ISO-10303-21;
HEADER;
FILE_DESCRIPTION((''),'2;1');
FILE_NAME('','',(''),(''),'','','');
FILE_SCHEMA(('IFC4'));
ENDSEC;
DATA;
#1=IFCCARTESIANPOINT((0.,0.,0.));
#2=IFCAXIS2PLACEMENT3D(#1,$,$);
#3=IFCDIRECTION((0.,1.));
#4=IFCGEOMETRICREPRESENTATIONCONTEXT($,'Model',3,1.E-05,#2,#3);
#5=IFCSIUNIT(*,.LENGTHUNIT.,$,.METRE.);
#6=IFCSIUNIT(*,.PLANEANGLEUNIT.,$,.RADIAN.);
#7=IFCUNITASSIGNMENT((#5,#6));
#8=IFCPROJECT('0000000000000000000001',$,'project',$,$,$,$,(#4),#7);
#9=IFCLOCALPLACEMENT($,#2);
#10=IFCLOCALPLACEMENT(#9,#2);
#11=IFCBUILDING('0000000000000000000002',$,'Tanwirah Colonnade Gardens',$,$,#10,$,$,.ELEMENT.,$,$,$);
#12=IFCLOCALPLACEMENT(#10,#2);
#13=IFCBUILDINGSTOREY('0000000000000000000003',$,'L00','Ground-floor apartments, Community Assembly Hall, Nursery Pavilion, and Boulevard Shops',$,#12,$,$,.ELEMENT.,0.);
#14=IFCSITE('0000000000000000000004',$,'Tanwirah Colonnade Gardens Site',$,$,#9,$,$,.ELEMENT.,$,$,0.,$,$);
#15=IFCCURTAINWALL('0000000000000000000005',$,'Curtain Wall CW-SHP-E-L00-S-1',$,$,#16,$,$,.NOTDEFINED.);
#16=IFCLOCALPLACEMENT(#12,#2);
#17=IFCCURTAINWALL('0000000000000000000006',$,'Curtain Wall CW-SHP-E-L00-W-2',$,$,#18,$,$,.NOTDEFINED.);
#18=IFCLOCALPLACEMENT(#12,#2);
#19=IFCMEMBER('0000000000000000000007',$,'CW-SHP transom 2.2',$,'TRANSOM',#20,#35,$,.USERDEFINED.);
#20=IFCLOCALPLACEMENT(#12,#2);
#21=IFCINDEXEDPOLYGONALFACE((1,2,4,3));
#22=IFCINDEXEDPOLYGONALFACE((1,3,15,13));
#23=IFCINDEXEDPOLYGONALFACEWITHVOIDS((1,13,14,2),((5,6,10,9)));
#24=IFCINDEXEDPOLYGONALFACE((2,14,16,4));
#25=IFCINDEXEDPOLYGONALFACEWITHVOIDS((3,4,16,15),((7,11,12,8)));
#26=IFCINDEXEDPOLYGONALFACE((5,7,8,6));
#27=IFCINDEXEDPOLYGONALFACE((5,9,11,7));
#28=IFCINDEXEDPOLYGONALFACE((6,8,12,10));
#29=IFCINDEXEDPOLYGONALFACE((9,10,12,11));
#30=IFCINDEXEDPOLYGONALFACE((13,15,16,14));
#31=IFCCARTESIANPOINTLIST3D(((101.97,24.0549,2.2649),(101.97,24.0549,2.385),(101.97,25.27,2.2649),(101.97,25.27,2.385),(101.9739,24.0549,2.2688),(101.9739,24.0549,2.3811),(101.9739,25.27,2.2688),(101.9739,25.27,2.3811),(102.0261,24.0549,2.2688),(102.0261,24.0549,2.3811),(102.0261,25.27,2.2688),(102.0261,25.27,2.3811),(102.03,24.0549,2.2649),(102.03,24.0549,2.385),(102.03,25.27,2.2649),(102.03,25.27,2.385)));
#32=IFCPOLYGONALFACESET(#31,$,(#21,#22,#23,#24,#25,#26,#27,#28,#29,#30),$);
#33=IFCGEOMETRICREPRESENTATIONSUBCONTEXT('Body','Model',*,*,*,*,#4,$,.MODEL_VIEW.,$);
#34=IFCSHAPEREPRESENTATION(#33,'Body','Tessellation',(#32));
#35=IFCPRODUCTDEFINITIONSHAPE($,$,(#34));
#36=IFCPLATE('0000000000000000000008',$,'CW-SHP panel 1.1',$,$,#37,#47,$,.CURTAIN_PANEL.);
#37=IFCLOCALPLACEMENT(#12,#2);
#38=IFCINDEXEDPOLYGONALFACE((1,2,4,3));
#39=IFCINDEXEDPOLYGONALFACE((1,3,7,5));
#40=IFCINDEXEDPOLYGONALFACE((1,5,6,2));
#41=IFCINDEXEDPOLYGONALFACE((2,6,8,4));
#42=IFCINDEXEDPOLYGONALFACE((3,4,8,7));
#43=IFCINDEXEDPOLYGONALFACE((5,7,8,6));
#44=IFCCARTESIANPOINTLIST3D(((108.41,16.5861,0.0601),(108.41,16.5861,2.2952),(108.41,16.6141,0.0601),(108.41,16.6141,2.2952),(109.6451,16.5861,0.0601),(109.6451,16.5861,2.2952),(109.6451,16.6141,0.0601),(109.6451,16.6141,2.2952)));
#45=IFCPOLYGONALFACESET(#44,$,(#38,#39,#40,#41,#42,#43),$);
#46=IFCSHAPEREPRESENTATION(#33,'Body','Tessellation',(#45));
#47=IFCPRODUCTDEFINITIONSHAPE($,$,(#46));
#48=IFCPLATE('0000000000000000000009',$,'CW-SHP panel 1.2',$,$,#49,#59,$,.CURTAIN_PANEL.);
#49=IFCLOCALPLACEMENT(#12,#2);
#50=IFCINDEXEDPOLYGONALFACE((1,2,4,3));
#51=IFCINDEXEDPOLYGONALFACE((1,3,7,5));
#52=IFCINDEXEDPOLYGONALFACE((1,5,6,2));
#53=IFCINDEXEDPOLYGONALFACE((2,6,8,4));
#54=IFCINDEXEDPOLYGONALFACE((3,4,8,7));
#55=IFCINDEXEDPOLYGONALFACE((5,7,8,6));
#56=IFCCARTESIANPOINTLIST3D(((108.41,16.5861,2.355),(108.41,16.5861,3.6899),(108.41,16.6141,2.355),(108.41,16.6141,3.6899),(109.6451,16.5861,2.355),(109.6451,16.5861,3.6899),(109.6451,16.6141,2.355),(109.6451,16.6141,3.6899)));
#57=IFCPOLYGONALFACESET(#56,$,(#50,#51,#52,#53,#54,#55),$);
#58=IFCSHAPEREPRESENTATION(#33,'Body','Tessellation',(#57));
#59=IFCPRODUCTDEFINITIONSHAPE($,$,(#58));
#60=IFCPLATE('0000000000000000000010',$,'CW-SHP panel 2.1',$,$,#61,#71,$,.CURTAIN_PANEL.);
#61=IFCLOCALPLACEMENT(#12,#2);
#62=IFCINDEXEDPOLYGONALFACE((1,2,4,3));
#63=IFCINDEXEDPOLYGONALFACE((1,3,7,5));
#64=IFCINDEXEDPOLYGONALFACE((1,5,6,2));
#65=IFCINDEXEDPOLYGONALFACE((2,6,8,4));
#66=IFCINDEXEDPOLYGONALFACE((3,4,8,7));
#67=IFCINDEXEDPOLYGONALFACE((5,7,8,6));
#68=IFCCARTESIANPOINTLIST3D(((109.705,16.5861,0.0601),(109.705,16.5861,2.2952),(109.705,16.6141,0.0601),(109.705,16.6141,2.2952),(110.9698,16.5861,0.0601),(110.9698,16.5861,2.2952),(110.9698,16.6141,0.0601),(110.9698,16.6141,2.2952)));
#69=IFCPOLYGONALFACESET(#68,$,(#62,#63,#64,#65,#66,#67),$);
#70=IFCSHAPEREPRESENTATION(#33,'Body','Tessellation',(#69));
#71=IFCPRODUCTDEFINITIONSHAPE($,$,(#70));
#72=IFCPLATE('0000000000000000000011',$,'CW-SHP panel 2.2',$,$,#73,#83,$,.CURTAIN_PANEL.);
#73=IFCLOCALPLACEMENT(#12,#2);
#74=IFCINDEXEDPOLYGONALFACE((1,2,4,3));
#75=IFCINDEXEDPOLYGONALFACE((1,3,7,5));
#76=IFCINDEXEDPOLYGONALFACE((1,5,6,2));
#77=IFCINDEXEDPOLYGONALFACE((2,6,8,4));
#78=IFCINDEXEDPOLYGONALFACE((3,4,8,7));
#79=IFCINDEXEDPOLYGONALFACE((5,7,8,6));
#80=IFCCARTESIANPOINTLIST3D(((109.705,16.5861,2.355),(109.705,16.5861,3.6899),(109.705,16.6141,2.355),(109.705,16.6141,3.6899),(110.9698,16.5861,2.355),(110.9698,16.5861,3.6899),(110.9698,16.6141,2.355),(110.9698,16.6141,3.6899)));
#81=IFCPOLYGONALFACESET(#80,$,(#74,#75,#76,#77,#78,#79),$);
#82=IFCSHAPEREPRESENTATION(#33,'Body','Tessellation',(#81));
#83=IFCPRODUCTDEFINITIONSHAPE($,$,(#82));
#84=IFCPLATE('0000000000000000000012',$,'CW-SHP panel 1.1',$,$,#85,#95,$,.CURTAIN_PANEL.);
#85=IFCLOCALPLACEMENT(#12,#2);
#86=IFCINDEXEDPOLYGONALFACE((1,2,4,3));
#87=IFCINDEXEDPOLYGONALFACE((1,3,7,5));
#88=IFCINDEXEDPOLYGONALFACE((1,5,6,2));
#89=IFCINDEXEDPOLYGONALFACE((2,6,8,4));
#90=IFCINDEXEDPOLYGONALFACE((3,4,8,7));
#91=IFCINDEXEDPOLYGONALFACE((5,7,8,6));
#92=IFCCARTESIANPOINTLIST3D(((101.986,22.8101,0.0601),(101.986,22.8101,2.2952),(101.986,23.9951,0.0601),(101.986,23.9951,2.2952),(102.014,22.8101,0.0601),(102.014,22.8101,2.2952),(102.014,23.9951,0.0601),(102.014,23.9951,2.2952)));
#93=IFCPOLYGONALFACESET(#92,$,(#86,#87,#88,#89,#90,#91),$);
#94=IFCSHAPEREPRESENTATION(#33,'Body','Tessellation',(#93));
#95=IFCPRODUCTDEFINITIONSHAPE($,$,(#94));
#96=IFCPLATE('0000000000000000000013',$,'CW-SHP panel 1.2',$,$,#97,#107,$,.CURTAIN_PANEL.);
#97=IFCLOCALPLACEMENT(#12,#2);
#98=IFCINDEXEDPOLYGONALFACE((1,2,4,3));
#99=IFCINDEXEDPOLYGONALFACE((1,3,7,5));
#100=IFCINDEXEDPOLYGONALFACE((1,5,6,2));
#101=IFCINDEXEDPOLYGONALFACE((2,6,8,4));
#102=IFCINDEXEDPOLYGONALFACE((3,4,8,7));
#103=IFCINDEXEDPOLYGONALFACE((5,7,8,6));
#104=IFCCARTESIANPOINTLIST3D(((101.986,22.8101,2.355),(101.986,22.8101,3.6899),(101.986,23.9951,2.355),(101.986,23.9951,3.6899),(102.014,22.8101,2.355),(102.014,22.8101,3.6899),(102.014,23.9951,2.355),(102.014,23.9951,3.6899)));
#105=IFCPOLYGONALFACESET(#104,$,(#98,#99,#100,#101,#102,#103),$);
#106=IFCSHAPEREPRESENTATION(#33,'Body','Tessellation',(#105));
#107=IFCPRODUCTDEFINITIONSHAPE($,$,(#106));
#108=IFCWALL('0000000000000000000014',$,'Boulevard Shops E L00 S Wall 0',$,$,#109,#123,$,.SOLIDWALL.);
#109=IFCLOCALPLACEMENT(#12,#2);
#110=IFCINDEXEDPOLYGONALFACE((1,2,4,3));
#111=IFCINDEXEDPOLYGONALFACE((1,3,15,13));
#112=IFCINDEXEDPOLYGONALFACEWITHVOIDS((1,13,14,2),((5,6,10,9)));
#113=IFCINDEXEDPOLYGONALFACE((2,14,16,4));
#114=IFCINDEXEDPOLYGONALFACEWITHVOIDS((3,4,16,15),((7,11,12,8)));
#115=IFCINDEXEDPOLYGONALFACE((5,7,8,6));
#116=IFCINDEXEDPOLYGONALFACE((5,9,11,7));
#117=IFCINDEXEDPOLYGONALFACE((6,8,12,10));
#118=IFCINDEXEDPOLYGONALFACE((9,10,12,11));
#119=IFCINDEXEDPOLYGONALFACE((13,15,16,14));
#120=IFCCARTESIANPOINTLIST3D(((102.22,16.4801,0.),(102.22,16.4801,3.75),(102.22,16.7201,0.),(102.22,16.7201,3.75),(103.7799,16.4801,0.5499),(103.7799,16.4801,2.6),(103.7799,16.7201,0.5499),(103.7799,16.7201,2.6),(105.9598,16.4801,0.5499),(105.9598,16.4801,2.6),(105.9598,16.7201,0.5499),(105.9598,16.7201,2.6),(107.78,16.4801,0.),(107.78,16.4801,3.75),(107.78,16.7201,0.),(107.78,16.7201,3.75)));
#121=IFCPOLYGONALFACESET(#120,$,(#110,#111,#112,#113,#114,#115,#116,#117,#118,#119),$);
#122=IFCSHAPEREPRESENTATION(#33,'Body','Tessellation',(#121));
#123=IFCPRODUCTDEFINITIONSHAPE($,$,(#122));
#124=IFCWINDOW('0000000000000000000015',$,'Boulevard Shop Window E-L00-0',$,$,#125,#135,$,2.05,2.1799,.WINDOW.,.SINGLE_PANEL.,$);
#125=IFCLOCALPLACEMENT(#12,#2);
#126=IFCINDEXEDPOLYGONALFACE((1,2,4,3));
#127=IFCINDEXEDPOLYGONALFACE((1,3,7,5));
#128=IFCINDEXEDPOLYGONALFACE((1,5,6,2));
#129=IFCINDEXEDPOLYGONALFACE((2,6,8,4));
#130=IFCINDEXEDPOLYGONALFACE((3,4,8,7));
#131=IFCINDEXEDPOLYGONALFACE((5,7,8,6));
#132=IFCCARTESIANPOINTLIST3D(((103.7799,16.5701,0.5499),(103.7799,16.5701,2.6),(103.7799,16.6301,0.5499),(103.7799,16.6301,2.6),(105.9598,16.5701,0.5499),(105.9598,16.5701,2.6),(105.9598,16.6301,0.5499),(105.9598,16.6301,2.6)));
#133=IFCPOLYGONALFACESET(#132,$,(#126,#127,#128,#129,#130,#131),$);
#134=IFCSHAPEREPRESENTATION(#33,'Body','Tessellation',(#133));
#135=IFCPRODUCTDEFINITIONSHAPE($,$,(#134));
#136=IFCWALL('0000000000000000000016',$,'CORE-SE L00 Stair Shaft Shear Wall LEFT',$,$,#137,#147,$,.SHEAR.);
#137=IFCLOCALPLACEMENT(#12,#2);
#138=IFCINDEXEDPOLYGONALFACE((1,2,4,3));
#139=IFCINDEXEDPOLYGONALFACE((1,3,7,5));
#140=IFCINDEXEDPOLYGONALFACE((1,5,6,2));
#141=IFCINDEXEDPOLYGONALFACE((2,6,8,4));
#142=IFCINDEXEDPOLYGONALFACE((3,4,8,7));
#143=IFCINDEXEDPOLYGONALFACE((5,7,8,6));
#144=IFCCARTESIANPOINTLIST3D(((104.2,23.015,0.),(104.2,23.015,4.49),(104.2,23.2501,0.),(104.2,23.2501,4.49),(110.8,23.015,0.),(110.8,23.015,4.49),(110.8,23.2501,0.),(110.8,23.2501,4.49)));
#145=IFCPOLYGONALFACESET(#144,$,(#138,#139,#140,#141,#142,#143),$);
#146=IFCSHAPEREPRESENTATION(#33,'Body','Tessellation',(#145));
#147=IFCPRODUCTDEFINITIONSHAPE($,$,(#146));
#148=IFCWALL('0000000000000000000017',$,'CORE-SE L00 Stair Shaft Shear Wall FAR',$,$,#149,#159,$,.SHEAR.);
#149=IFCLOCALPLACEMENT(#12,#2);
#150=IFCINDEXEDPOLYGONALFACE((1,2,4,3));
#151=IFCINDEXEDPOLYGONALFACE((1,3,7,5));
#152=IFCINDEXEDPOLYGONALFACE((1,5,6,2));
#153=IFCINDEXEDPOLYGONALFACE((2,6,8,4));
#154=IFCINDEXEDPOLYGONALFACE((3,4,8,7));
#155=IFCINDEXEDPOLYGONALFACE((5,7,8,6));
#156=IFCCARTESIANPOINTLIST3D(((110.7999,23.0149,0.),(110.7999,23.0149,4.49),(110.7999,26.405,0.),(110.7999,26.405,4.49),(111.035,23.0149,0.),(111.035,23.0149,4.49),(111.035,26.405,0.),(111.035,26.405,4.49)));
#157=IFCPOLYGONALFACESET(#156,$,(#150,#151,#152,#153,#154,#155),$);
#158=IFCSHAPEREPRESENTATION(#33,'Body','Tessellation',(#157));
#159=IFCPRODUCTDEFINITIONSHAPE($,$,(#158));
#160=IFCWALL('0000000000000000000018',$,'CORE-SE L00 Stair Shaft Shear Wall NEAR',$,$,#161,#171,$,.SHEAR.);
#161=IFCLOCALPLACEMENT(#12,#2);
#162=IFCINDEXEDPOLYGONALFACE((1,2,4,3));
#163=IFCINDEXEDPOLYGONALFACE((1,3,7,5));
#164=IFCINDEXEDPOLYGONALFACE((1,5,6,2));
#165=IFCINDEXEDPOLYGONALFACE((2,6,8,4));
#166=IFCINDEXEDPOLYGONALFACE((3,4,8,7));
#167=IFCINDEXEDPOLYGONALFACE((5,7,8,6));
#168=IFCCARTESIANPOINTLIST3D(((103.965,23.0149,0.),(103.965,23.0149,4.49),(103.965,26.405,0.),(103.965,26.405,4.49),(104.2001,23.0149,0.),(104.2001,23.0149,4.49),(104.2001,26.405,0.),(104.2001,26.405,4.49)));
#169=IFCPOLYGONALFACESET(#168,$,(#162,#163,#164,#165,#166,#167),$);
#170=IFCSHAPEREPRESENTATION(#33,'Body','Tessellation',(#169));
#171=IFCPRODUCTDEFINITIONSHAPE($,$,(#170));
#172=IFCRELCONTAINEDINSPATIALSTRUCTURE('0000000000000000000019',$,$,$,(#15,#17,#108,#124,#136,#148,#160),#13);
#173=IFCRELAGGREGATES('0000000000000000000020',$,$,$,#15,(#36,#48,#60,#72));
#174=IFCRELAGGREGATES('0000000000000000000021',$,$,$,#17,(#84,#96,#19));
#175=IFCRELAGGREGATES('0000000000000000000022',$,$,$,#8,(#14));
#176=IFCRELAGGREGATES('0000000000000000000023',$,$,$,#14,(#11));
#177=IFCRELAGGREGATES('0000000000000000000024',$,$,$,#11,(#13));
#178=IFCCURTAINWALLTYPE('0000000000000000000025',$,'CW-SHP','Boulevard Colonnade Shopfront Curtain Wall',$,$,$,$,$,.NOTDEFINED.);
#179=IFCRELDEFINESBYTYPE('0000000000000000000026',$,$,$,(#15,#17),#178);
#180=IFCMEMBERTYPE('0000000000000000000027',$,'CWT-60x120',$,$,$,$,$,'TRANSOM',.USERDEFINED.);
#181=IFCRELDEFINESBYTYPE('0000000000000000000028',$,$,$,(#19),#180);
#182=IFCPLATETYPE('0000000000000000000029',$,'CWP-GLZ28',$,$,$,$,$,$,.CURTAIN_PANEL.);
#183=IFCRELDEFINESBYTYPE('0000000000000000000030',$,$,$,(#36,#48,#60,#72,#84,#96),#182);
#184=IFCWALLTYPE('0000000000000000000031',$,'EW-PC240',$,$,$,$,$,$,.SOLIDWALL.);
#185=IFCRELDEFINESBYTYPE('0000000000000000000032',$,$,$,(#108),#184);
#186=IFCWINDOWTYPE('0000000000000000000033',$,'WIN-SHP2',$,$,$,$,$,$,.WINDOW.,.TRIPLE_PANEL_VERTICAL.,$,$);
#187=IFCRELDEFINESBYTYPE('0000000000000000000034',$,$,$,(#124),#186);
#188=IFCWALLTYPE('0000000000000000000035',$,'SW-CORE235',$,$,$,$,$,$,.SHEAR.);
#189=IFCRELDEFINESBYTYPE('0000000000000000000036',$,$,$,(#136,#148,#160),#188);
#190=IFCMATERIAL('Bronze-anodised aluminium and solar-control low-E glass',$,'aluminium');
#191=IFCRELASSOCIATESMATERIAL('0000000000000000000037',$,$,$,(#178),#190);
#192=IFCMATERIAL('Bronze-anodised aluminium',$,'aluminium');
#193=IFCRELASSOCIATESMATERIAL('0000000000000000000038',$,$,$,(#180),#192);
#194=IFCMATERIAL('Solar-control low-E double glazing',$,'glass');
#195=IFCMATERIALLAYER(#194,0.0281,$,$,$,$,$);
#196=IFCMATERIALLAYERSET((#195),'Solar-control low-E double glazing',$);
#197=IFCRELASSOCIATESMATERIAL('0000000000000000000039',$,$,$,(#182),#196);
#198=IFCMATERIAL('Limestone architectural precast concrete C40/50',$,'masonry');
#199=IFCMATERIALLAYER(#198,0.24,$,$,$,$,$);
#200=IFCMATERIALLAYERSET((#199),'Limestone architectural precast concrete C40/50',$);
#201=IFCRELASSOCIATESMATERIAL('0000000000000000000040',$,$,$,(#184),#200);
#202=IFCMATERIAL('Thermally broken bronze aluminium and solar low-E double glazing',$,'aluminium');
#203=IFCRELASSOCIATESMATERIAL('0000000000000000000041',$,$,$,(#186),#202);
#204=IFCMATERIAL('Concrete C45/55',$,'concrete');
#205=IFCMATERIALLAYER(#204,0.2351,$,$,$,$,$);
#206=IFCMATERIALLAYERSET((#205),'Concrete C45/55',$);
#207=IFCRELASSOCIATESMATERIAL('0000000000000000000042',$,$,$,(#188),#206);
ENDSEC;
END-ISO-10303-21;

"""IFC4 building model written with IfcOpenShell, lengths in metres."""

from ifc_helpers import new_model, si_unit, direction, frame, frame_2d, origin, origin_2d, place, context, subcontext, project, spatial, rectangle, hollow_rectangle, extrude, material, layer, layer_set, material_profile, profile_set, type_object, element, fill, aggregate, save


model = new_model("IFC4")

# Units and contexts
model_context = context("Model", 3, precision=1e-05, world=origin(), true_north=direction((0.0, 1.0)))
body_context = subcontext(model_context, "Body", "Model", "MODEL_VIEW")
ifc_project = project(units=[si_unit("LENGTHUNIT", "METRE"), si_unit("PLANEANGLEUNIT", "RADIAN")], contexts=[model_context])

# Site, building, storey
site_placement = place(None, origin())
site = spatial("IfcSite", under=ifc_project, at=site_placement, Name="Tanwirah Colonnade Gardens Site", CompositionType="ELEMENT", RefElevation=0.0)
building_placement = place(site_placement, origin())
building = spatial("IfcBuilding", under=site, at=building_placement, Name="Tanwirah Colonnade Gardens", CompositionType="ELEMENT")
storey_placement = place(building_placement, origin())
storey = spatial("IfcBuildingStorey", under=building, at=storey_placement, Name="L00", Description="Ground-floor apartments, Community Assembly Hall, Nursery Pavilion, and Boulevard Shops", CompositionType="ELEMENT", Elevation=0.0)

# Curtain walls
ifc_material_1 = material(Name="Bronze-anodised aluminium and solar-control low-E glass", Category="aluminium")
curtain_wall_type = type_object("IfcCurtainWallType", Name="CW-SHP", Description="Boulevard Colonnade Shopfront Curtain Wall", PredefinedType="NOTDEFINED", material=ifc_material_1)
curtain_wall_1_placement = place(storey_placement, origin())
curtain_wall_1 = element("IfcCurtainWall", 1, at=curtain_wall_1_placement, inside=storey, type_object=curtain_wall_type, Name="Curtain Wall CW-SHP-E-L00-S-1", PredefinedType="NOTDEFINED")
ifc_material_2 = material(Name="Bronze-anodised aluminium", Category="aluminium")
curtain_wall_2_placement = place(storey_placement, origin())
curtain_wall_2 = element("IfcCurtainWall", 2, at=curtain_wall_2_placement, inside=storey, type_object=curtain_wall_type, Name="Curtain Wall CW-SHP-E-L00-W-2", PredefinedType="NOTDEFINED")

# Member
ifc_material_profile_1 = material_profile(ifc_material_2, hollow_rectangle(XDim=0.0601, YDim=0.1201, WallThickness=0.0039, at=origin_2d()), Name="CW-TRN 60x120x4")
ifc_profile_set_1 = profile_set([ifc_material_profile_1], Name="Bronze-anodised aluminium")
member_type_1 = type_object("IfcMemberType", Name="CWT-60x120", ElementType="TRANSOM", PredefinedType="USERDEFINED", material=ifc_profile_set_1)
member_1_placement = place(storey_placement, frame((102.0, 24.0549, 2.325), z_axis=(0.0, 1.0, 0.0), x_axis=(-1.0, 0.0, 0.0)))
member_1 = element("IfcMember", 3, at=member_1_placement, type_object=member_type_1, Name="CW-SHP transom 2.2", ObjectType="TRANSOM", PredefinedType="USERDEFINED", context=body_context, shape_type="SweptSolid", body=[
    extrude(hollow_rectangle(XDim=0.0601, YDim=0.1201, WallThickness=0.0039, at=origin_2d()), origin(), (0.0, 0.0, 1.0), 1.2151),
])

# Plates
ifc_material_3 = material(Name="Solar-control low-E double glazing", Category="glass")
ifc_layer_1 = layer(ifc_material_3, 0.0281)
ifc_layer_set_1 = layer_set([ifc_layer_1], Name="Solar-control low-E double glazing")
plate_type = type_object("IfcPlateType", Name="CWP-GLZ28", PredefinedType="CURTAIN_PANEL", material=ifc_layer_set_1)
plate_1_placement = place(storey_placement, frame((109.0276, 16.6001, 0.0601), z_axis=(0.0, 0.0, 1.0), x_axis=(1.0, 0.0, 0.0)))
plate_1 = element("IfcPlate", 4, at=plate_1_placement, type_object=plate_type, Name="CW-SHP panel 1.1", PredefinedType="CURTAIN_PANEL", context=body_context, shape_type="SweptSolid", body=[
    extrude(rectangle(XDim=1.2351, YDim=0.0281, at=origin_2d()), origin(), (0.0, 0.0, 1.0), 2.2351),
])
plate_2_placement = place(storey_placement, frame((109.0276, 16.6001, 2.355), z_axis=(0.0, 0.0, 1.0), x_axis=(1.0, 0.0, 0.0)))
plate_2 = element("IfcPlate", 5, at=plate_2_placement, type_object=plate_type, Name="CW-SHP panel 1.2", PredefinedType="CURTAIN_PANEL", context=body_context, shape_type="SweptSolid", body=[
    extrude(rectangle(XDim=1.2351, YDim=0.0281, at=origin_2d()), origin(), (0.0, 0.0, 1.0), 1.335),
])
plate_3_placement = place(storey_placement, frame((110.3374, 16.6001, 0.0601), z_axis=(0.0, 0.0, 1.0), x_axis=(1.0, 0.0, 0.0)))
plate_3 = element("IfcPlate", 6, at=plate_3_placement, type_object=plate_type, Name="CW-SHP panel 2.1", PredefinedType="CURTAIN_PANEL", context=body_context, shape_type="SweptSolid", body=[
    extrude(rectangle(XDim=1.2649, YDim=0.0281, at=origin_2d()), origin(), (0.0, 0.0, 1.0), 2.2351),
])
plate_4_placement = place(storey_placement, frame((110.3374, 16.6001, 2.355), z_axis=(0.0, 0.0, 1.0), x_axis=(1.0, 0.0, 0.0)))
plate_4 = element("IfcPlate", 7, at=plate_4_placement, type_object=plate_type, Name="CW-SHP panel 2.2", PredefinedType="CURTAIN_PANEL", context=body_context, shape_type="SweptSolid", body=[
    extrude(rectangle(XDim=1.2649, YDim=0.0281, at=origin_2d()), origin(), (0.0, 0.0, 1.0), 1.335),
])
aggregate(curtain_wall_1, [plate_1, plate_2, plate_3, plate_4])
plate_5_placement = place(storey_placement, frame((102.0, 23.4026, 0.0601), z_axis=(0.0, 0.0, 1.0), x_axis=(0.0, 1.0, 0.0)))
plate_5 = element("IfcPlate", 8, at=plate_5_placement, type_object=plate_type, Name="CW-SHP panel 1.1", PredefinedType="CURTAIN_PANEL", context=body_context, shape_type="SweptSolid", body=[
    extrude(rectangle(XDim=1.1851, YDim=0.0281, at=origin_2d()), origin(), (0.0, 0.0, 1.0), 2.2351),
])
plate_6_placement = place(storey_placement, frame((102.0, 23.4026, 2.355), z_axis=(0.0, 0.0, 1.0), x_axis=(0.0, 1.0, 0.0)))
plate_6 = element("IfcPlate", 9, at=plate_6_placement, type_object=plate_type, Name="CW-SHP panel 1.2", PredefinedType="CURTAIN_PANEL", context=body_context, shape_type="SweptSolid", body=[
    extrude(rectangle(XDim=1.1851, YDim=0.0281, at=origin_2d()), origin(), (0.0, 0.0, 1.0), 1.335),
])
aggregate(curtain_wall_2, [plate_5, plate_6, member_1])

# Wall, opening, window
ifc_material_4 = material(Name="Limestone architectural precast concrete C40/50", Category="masonry")
ifc_layer_2 = layer(ifc_material_4, 0.24)
ifc_layer_set_2 = layer_set([ifc_layer_2], Name="Limestone architectural precast concrete C40/50")
wall_type_1 = type_object("IfcWallType", Name="EW-PC240", PredefinedType="SOLIDWALL", material=ifc_layer_set_2)
wall_1_placement = place(storey_placement, frame((102.22, 16.6001, 0.0), z_axis=(0.0, 0.0, 1.0), x_axis=(1.0, 0.0, 0.0)))
wall_1 = element("IfcWall", 10, at=wall_1_placement, inside=storey, type_object=wall_type_1, Name="Boulevard Shops E L00 S Wall 0", PredefinedType="SOLIDWALL", context=body_context, shape_type="SweptSolid", body=[
    extrude(rectangle(XDim=5.5601, YDim=0.24, at=frame_2d((2.78, 0.0))), origin(), (0.0, 0.0, 1.0), 3.75),
])
opening_placement = place(wall_1_placement, frame((1.5601, 0.0, 0.55)))
opening = element("IfcOpeningElement", 11, at=opening_placement, cuts=wall_1, PredefinedType="OPENING", context=body_context, shape_type="SweptSolid", body=[
    extrude(rectangle(XDim=2.1799, YDim=2.05, at=frame_2d((1.0898, 1.0249))), frame((0.0, 0.1299, 0.0), z_axis=(0.0, -1.0, 0.0), x_axis=(1.0, 0.0, 0.0)), (0.0, 0.0, 1.0), 0.26),
])
ifc_material_5 = material(Name="Thermally broken bronze aluminium and solar low-E double glazing", Category="aluminium")
window_type = type_object("IfcWindowType", Name="WIN-SHP2", PartitioningType="TRIPLE_PANEL_VERTICAL", PredefinedType="WINDOW", material=ifc_material_5)
window_placement = place(opening_placement, origin())
window = element("IfcWindow", 12, at=window_placement, inside=storey, type_object=window_type, Name="Boulevard Shop Window E-L00-0", OverallHeight=2.05, OverallWidth=2.1799, PartitioningType="SINGLE_PANEL", PredefinedType="WINDOW", context=body_context, shape_type="SweptSolid", body=[
    extrude(rectangle(XDim=2.1799, YDim=2.05, at=frame_2d((1.0898, 1.0249))), frame((0.0, 0.03, 0.0), z_axis=(0.0, -1.0, 0.0), x_axis=(1.0, 0.0, 0.0)), (0.0, 0.0, 1.0), 0.0601),
])
fill(opening, window)

# Walls
ifc_material_6 = material(Name="Concrete C45/55", Category="concrete")
ifc_layer_3 = layer(ifc_material_6, 0.2351)
ifc_layer_set_3 = layer_set([ifc_layer_3], Name="Concrete C45/55")
wall_type_2 = type_object("IfcWallType", Name="SW-CORE235", PredefinedType="SHEAR", material=ifc_layer_set_3)
wall_2_placement = place(storey_placement, frame((104.2, 23.1326, 0.0), z_axis=(0.0, 0.0, 1.0), x_axis=(1.0, 0.0, 0.0)))
element("IfcWall", 13, at=wall_2_placement, inside=storey, type_object=wall_type_2, Name="CORE-SE L00 Stair Shaft Shear Wall LEFT", PredefinedType="SHEAR", context=body_context, shape_type="SweptSolid", body=[
    extrude(rectangle(XDim=6.6001, YDim=0.2351, at=frame_2d((3.3, 0.0))), origin(), (0.0, 0.0, 1.0), 4.49),
])
for number, where, z_axis, x_axis, name in (
    (14, (110.9175, 23.0149, 0.0), (0.0, 0.0, 1.0), (0.0, 1.0, 0.0), "CORE-SE L00 Stair Shaft Shear Wall FAR"),
    (15, (104.0825, 23.0149, 0.0), (0.0, 0.0, 1.0), (0.0, 1.0, 0.0), "CORE-SE L00 Stair Shaft Shear Wall NEAR"),
):
    element("IfcWall", number, at=place(storey_placement, frame(where, z_axis=z_axis, x_axis=x_axis)), inside=storey, type_object=wall_type_2, Name=name, PredefinedType="SHEAR", context=body_context, shape_type="SweptSolid", body=[
        extrude(rectangle(XDim=3.3901, YDim=0.2351, at=frame_2d((1.6951, 0.0))), origin(), (0.0, 0.0, 1.0), 4.49),
    ])

save(model, "model.ifc")
